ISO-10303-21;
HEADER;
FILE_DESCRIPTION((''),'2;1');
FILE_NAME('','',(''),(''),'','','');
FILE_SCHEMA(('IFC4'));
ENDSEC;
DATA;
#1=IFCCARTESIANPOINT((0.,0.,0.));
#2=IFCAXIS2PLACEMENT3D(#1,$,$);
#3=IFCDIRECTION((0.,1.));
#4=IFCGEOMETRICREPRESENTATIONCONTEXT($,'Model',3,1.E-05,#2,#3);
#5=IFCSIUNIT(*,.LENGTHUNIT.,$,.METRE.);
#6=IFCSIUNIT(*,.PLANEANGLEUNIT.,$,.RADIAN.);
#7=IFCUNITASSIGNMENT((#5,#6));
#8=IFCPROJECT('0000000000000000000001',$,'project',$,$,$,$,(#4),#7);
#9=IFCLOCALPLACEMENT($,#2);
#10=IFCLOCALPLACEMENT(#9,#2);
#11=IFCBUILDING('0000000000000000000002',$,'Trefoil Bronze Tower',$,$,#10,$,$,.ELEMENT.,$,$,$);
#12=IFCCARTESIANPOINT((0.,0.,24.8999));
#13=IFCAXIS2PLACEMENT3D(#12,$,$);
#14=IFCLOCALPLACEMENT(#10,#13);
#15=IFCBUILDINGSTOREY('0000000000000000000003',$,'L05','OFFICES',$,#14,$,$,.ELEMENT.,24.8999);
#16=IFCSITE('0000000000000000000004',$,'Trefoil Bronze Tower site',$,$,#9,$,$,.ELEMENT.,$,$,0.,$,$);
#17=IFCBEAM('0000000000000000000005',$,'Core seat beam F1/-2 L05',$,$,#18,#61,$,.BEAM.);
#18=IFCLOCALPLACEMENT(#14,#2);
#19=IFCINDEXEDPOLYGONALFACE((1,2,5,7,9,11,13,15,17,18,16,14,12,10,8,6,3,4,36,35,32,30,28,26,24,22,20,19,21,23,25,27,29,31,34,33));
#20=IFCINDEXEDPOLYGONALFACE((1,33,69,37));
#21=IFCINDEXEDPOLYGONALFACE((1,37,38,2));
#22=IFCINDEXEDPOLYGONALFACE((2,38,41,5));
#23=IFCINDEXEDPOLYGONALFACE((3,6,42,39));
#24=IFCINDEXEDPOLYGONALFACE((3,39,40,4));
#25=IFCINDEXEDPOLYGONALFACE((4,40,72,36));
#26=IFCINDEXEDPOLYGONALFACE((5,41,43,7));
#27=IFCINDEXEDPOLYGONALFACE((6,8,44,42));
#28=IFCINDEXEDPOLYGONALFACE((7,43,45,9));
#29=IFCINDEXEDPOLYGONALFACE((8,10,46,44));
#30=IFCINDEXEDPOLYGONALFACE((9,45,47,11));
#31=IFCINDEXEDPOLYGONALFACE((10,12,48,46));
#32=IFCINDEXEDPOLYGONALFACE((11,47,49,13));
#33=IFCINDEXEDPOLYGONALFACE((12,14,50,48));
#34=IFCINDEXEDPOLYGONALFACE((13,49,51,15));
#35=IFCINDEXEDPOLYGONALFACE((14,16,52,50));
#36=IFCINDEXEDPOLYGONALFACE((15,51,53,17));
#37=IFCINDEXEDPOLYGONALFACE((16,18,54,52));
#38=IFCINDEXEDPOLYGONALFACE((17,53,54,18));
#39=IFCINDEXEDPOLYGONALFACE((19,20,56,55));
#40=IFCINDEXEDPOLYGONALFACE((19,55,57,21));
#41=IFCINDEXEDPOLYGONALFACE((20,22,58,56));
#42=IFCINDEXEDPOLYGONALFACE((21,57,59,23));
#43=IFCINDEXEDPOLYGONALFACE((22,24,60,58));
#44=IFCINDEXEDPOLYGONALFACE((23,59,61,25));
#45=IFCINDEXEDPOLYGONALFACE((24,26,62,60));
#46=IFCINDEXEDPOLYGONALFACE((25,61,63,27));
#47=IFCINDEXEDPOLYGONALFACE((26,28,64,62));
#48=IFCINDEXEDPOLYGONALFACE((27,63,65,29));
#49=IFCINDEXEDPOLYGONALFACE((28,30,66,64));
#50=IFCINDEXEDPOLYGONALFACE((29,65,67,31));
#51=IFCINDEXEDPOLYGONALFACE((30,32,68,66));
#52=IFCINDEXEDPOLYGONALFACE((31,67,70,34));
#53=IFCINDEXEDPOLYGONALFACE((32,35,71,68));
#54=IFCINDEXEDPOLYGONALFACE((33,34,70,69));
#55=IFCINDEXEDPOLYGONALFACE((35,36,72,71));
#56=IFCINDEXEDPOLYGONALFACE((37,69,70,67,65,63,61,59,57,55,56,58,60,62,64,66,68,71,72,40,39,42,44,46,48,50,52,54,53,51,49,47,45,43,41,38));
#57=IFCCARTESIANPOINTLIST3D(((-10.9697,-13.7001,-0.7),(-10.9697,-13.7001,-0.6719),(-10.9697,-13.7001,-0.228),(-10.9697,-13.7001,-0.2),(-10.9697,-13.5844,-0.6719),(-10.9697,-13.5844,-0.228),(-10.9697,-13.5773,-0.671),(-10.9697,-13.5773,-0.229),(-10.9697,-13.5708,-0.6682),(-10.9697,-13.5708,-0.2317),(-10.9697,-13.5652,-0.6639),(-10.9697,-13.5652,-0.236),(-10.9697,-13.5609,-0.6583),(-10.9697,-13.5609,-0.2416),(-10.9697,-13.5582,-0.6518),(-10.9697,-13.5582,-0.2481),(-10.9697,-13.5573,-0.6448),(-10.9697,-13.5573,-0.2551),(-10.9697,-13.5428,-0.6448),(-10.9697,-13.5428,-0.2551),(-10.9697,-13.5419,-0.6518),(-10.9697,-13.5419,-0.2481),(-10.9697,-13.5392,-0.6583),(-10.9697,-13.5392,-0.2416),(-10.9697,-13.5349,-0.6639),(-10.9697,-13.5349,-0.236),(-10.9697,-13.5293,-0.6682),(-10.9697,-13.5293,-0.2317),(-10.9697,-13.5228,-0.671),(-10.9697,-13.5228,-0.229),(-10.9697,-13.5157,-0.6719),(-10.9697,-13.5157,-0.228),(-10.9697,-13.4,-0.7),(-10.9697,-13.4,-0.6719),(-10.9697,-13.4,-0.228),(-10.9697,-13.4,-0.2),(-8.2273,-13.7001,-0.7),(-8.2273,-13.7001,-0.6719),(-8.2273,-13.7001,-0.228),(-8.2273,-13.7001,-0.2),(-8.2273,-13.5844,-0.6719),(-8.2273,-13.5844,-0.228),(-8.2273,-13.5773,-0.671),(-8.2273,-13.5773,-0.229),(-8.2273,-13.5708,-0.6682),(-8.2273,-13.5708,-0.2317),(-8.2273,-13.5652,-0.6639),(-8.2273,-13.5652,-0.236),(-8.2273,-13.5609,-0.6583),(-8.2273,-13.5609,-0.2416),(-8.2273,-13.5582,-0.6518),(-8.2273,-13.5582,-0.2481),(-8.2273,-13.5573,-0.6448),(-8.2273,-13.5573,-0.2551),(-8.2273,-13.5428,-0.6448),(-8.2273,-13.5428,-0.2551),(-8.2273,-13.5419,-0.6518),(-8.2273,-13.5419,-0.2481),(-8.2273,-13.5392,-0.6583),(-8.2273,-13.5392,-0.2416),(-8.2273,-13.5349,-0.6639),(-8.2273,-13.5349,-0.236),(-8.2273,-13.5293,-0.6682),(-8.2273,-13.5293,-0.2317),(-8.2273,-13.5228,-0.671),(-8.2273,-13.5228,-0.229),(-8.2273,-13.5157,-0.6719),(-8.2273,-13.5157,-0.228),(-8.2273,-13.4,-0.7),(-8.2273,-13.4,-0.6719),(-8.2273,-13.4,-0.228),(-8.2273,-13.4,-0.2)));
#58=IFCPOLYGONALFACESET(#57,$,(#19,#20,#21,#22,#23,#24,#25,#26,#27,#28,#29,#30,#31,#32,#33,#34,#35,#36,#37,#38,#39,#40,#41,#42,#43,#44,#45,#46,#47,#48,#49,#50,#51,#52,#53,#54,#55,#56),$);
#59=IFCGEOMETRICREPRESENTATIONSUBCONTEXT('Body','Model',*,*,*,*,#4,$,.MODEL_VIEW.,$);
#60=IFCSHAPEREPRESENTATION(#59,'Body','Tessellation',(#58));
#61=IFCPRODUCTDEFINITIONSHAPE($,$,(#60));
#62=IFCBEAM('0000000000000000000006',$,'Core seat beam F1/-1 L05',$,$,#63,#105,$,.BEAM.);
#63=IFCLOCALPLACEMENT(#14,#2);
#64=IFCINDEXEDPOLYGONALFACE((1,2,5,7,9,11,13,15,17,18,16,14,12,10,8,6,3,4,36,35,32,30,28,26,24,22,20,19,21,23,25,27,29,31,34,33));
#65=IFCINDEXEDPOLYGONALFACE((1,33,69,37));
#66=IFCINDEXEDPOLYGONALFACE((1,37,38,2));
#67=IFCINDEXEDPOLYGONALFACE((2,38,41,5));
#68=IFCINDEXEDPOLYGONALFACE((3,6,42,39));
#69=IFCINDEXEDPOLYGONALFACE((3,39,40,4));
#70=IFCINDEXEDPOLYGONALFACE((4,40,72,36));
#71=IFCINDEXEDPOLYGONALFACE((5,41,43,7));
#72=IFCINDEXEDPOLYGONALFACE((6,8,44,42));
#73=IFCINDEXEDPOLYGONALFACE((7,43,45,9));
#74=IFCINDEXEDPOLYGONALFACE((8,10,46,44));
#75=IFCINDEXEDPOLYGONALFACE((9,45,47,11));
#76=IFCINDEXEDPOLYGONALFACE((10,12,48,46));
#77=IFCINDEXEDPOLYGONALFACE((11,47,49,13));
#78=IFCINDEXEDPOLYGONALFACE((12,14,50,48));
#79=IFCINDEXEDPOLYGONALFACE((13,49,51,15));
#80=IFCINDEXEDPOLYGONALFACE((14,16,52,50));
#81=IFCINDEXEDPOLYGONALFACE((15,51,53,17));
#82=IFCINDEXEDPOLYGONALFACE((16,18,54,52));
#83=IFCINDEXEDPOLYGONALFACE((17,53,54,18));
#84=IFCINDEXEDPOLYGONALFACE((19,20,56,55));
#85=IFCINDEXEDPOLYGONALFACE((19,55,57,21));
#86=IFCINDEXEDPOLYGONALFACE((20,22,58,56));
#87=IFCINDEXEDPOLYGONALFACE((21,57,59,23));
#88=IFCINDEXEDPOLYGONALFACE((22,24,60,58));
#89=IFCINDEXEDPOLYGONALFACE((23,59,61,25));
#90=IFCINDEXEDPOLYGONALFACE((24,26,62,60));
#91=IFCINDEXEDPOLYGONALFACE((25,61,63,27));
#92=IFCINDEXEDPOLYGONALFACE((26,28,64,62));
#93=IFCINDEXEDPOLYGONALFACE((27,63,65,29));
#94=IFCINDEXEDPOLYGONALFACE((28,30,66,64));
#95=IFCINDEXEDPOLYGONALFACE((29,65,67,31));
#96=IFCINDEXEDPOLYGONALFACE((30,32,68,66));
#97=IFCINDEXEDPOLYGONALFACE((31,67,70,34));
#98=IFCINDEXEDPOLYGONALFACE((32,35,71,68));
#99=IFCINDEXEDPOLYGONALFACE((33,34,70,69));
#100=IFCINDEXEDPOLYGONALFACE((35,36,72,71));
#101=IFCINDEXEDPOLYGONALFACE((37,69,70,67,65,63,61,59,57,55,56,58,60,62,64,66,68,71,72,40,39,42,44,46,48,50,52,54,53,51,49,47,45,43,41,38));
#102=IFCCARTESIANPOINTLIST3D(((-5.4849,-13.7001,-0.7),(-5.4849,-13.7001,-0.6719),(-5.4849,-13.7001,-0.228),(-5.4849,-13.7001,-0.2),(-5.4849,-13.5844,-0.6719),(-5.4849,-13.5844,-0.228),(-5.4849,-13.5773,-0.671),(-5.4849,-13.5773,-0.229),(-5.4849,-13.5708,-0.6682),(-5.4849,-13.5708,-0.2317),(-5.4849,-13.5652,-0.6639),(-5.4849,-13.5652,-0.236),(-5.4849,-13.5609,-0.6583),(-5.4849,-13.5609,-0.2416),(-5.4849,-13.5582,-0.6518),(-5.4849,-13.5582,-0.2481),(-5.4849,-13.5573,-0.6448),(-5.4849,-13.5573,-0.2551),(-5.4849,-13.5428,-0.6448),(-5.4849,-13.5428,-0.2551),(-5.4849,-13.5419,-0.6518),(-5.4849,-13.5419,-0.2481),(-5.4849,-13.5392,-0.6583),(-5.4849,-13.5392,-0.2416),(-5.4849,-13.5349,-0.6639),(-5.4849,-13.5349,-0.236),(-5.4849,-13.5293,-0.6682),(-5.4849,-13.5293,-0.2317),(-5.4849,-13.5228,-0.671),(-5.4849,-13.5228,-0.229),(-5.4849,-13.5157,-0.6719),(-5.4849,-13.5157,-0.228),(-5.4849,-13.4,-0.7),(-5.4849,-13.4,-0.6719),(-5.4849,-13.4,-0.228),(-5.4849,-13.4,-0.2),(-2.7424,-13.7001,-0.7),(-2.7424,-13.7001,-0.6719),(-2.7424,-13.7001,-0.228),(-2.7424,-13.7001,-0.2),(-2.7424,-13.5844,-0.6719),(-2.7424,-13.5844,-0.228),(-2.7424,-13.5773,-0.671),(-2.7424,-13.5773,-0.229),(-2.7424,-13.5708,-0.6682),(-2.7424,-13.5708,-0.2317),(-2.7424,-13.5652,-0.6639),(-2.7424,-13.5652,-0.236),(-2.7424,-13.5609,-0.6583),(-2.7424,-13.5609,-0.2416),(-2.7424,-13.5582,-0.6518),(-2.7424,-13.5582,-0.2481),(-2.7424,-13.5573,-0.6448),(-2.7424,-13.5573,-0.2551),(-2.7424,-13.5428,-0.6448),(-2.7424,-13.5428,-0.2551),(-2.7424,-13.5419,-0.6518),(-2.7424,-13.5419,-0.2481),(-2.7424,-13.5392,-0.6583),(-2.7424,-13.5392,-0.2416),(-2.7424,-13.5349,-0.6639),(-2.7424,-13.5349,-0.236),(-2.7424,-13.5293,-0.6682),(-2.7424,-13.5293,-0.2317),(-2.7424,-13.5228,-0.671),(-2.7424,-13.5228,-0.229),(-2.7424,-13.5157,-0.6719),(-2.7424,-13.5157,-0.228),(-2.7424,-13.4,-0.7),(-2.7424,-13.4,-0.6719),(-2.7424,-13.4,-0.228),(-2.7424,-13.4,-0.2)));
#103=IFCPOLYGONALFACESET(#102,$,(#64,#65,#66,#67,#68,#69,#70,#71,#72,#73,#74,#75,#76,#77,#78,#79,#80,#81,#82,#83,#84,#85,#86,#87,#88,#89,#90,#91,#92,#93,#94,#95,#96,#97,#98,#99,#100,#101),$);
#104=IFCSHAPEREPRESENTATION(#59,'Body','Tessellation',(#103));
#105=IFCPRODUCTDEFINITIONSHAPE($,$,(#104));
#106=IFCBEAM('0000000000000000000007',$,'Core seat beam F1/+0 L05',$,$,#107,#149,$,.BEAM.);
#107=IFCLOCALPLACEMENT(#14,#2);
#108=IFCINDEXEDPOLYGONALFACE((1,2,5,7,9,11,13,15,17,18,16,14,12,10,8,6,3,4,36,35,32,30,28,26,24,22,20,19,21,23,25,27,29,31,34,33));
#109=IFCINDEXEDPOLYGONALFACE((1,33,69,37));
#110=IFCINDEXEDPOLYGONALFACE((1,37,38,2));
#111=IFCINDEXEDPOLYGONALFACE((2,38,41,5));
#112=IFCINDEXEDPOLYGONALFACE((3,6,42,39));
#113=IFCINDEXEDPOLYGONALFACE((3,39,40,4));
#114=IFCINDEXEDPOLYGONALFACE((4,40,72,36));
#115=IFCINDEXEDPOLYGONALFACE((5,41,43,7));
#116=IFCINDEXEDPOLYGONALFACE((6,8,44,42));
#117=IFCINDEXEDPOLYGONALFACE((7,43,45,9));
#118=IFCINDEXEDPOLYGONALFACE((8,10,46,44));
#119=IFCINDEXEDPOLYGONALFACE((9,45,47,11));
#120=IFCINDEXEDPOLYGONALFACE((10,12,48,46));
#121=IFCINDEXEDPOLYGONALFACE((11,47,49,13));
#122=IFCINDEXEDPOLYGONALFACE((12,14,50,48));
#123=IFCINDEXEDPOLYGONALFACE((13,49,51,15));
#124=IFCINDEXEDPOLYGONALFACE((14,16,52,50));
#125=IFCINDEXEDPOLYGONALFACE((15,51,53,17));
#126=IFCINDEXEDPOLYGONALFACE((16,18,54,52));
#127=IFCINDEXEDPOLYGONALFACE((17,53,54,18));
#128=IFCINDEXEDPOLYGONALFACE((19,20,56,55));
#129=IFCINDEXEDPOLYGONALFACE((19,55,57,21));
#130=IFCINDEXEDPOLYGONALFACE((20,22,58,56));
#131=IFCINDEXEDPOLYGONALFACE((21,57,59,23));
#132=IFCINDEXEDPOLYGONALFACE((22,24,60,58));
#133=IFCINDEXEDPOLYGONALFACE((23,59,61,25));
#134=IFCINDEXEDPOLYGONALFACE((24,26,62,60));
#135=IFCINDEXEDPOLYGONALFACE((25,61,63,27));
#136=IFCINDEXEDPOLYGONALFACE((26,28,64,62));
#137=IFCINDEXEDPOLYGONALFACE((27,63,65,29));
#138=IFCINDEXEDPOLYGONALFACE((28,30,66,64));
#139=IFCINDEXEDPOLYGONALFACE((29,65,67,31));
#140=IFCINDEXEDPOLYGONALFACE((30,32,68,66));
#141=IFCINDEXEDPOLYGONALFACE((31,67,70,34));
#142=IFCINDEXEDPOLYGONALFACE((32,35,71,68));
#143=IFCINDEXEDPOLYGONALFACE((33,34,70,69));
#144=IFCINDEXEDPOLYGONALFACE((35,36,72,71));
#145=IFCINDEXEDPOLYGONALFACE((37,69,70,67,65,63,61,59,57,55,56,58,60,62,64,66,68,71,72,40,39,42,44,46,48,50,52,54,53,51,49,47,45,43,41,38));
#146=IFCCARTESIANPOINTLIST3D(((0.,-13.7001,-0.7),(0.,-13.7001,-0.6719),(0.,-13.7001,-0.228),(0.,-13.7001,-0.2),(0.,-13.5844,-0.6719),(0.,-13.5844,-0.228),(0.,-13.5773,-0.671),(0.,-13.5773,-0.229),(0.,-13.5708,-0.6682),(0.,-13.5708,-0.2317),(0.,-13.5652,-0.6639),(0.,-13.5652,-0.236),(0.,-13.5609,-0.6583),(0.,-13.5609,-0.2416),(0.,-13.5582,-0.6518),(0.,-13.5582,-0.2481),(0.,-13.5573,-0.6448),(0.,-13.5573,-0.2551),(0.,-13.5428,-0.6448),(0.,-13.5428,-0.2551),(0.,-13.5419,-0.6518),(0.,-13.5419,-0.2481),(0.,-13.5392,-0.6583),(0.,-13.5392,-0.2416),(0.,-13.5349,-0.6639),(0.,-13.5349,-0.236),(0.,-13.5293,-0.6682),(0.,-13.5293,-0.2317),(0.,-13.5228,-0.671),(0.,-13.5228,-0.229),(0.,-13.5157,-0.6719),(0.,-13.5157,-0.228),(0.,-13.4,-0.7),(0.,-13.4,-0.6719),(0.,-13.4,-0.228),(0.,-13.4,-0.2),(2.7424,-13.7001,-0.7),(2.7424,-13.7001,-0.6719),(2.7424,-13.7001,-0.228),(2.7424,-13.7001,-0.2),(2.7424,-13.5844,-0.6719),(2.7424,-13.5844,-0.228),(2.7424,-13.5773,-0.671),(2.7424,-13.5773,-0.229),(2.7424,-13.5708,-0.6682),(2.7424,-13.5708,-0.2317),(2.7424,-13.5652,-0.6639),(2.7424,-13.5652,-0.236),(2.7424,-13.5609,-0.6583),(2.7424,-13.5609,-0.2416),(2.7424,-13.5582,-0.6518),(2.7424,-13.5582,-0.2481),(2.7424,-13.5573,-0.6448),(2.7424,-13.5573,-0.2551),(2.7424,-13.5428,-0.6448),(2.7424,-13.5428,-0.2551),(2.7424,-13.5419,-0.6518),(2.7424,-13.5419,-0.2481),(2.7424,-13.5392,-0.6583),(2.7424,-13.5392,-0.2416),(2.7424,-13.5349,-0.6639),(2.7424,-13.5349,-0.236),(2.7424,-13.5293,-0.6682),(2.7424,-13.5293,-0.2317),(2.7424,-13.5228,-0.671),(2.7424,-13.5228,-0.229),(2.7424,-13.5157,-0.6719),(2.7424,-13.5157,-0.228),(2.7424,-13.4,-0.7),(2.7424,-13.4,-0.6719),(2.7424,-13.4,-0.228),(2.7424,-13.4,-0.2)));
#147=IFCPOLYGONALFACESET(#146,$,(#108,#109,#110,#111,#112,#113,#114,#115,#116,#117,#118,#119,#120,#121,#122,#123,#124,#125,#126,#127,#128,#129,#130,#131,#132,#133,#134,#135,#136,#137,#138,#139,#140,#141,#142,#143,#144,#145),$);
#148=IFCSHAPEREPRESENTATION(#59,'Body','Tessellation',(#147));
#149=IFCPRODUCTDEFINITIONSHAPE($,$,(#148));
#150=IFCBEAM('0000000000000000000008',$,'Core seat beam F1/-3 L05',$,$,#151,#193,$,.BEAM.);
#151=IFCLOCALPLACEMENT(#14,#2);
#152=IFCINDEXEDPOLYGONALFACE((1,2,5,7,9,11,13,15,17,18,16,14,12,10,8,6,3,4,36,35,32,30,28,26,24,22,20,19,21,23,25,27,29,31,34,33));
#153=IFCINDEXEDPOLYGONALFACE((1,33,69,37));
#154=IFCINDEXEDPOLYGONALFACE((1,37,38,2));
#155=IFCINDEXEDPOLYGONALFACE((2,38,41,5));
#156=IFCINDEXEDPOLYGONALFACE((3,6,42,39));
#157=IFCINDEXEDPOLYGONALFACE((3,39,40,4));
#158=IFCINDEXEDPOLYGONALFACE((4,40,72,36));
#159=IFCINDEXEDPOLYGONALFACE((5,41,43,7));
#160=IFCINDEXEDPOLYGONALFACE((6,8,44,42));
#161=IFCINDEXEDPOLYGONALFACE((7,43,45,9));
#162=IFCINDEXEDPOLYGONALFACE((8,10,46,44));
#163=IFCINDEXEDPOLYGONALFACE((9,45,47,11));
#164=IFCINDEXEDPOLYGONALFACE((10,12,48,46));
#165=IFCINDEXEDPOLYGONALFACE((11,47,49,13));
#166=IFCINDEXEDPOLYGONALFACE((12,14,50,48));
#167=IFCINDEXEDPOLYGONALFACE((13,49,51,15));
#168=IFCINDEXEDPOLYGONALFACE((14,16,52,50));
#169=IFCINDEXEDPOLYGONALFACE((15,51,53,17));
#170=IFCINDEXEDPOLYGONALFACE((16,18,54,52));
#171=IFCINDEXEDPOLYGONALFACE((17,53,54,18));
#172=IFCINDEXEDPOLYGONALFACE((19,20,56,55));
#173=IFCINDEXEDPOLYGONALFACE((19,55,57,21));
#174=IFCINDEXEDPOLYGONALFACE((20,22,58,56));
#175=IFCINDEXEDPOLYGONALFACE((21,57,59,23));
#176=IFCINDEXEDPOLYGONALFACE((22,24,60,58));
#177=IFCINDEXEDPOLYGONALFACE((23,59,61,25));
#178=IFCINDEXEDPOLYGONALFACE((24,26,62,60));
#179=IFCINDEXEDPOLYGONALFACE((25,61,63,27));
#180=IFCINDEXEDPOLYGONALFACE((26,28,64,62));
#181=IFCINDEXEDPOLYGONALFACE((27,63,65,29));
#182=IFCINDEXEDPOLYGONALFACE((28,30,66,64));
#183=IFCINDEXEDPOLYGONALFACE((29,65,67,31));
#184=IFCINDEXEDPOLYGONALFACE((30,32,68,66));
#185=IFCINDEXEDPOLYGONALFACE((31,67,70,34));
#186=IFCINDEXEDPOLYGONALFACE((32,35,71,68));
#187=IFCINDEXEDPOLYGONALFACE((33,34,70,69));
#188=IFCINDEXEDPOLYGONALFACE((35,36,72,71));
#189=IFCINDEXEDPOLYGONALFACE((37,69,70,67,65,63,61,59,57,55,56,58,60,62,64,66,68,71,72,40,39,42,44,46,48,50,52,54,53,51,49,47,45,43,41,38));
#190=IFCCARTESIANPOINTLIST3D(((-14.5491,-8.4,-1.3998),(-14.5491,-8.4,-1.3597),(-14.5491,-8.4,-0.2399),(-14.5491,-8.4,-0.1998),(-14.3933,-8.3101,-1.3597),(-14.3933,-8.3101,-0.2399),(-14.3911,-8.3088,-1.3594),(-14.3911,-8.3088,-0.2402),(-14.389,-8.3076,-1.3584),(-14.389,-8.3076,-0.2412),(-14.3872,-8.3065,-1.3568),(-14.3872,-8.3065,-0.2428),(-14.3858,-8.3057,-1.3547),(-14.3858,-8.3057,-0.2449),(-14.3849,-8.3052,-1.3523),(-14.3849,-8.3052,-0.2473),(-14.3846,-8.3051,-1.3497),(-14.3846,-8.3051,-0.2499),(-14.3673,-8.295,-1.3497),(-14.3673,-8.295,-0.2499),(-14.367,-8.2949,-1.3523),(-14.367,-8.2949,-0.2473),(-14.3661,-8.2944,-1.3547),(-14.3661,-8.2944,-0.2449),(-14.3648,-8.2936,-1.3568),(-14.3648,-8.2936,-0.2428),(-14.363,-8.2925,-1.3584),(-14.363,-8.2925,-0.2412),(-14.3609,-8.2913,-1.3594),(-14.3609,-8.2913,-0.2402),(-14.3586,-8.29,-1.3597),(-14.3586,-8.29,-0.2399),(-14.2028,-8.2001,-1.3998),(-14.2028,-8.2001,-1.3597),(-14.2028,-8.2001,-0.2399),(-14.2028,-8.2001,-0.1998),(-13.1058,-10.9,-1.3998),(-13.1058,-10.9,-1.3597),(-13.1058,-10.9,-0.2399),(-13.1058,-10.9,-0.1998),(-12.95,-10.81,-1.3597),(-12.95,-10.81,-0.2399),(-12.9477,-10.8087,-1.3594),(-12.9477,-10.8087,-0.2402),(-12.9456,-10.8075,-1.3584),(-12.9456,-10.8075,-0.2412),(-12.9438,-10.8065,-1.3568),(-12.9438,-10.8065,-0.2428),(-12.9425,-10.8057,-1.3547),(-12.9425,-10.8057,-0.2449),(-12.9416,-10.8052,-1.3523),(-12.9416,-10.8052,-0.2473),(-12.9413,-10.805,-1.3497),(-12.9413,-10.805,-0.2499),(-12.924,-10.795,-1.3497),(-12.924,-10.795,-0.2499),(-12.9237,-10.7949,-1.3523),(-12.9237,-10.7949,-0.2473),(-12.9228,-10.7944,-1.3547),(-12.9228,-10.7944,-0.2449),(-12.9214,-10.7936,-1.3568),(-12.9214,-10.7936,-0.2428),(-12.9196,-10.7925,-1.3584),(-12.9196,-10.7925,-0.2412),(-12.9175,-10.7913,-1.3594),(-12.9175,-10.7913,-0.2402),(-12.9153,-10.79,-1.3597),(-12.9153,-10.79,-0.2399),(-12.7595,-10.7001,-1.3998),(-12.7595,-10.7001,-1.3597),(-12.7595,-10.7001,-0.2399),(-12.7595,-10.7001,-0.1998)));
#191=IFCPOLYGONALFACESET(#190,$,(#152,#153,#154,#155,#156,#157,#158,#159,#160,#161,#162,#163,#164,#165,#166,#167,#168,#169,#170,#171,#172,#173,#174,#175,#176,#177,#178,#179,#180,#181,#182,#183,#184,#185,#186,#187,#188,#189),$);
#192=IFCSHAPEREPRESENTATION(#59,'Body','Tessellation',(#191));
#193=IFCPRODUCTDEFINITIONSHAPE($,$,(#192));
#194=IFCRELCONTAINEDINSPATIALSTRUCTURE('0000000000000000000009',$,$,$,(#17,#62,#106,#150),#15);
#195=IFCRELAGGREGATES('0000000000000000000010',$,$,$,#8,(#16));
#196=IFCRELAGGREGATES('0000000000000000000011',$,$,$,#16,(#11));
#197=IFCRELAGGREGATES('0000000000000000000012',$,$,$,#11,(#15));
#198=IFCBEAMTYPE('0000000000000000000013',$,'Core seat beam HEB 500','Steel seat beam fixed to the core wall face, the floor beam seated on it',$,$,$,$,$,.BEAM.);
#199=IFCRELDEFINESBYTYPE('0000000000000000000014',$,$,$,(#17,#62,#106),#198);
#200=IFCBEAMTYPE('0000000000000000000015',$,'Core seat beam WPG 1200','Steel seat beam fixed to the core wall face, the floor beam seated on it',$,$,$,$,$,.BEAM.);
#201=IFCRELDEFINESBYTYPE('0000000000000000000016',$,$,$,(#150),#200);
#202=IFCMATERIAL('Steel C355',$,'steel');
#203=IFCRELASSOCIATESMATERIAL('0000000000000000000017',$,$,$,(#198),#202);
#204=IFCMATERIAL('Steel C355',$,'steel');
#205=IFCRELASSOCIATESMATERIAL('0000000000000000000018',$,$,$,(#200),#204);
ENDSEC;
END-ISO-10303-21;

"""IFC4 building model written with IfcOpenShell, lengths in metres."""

from ifc_helpers import new_model, si_unit, direction, frame, origin, origin_2d, place, context, subcontext, project, spatial, i_section, extrude, material, material_profile, profile_set, type_object, element, save


model = new_model("IFC4")

# Units and contexts
model_context = context("Model", 3, precision=1e-05, world=origin(), true_north=direction((0.0, 1.0)))
body_context = subcontext(model_context, "Body", "Model", "MODEL_VIEW")
ifc_project = project(units=[si_unit("LENGTHUNIT", "METRE"), si_unit("PLANEANGLEUNIT", "RADIAN")], contexts=[model_context])

# Site, building, storey
site_placement = place(None, origin())
site = spatial("IfcSite", under=ifc_project, at=site_placement, Name="Trefoil Bronze Tower site", CompositionType="ELEMENT", RefElevation=0.0)
building_placement = place(site_placement, origin())
building = spatial("IfcBuilding", under=site, at=building_placement, Name="Trefoil Bronze Tower", CompositionType="ELEMENT")
storey_placement = place(building_placement, frame((0.0, 0.0, 24.8999)))
storey = spatial("IfcBuildingStorey", under=building, at=storey_placement, Name="L05", Description="OFFICES", CompositionType="ELEMENT", Elevation=24.8999)

# Beams
ifc_material_1 = material(Name="Steel C355", Category="steel")
ifc_material_profile_1 = material_profile(ifc_material_1, i_section(OverallWidth=0.3, OverallDepth=0.5, WebThickness=0.0144, FlangeThickness=0.0281, FilletRadius=0.0271, at=origin_2d()), Name="HEB 500")
ifc_profile_set_1 = profile_set([ifc_material_profile_1], Name="Steel C355")
beam_type_1 = type_object("IfcBeamType", Name="Core seat beam HEB 500", Description="Steel seat beam fixed to the core wall face, the floor beam seated on it", PredefinedType="BEAM", material=ifc_profile_set_1)
for number, where, z_axis, x_axis, name in (
    (1, (-10.9697, -13.55, -0.45), (1.0, 0.0, 0.0), (0.0, 1.0, 0.0), "Core seat beam F1/-2 L05"),
    (2, (-5.4849, -13.55, -0.45), (1.0, 0.0, 0.0), (0.0, 1.0, 0.0), "Core seat beam F1/-1 L05"),
    (3, (0.0, -13.55, -0.45), (1.0, 0.0, 0.0), (0.0, 1.0, 0.0), "Core seat beam F1/+0 L05"),
):
    element("IfcBeam", number, at=place(storey_placement, frame(where, z_axis=z_axis, x_axis=x_axis)), inside=storey, type_object=beam_type_1, Name=name, PredefinedType="BEAM", context=body_context, shape_type="SweptSolid", body=[
        extrude(i_section(OverallWidth=0.3, OverallDepth=0.5, WebThickness=0.0144, FlangeThickness=0.0281, FilletRadius=0.0271, at=origin_2d()), origin(), (0.0, 0.0, 1.0), 2.7424),
    ])
ifc_material_2 = material(Name="Steel C355", Category="steel")
ifc_material_profile_2 = material_profile(ifc_material_2, i_section(OverallWidth=0.3999, OverallDepth=1.2, WebThickness=0.02, FlangeThickness=0.04, FilletRadius=0.01, at=origin_2d()), Name="WPG 1200")
ifc_profile_set_2 = profile_set([ifc_material_profile_2], Name="Steel C355")
beam_type_2 = type_object("IfcBeamType", Name="Core seat beam WPG 1200", Description="Steel seat beam fixed to the core wall face, the floor beam seated on it", PredefinedType="BEAM", material=ifc_profile_set_2)
beam_1_placement = place(storey_placement, frame((-14.376, -8.3, -0.7998), z_axis=(0.499996, -0.866028, 0.0), x_axis=(0.866028, 0.499996, 0.0)))
element("IfcBeam", 4, at=beam_1_placement, inside=storey, type_object=beam_type_2, Name="Core seat beam F1/-3 L05", PredefinedType="BEAM", context=body_context, shape_type="SweptSolid", body=[
    extrude(i_section(OverallWidth=0.3999, OverallDepth=1.2, WebThickness=0.02, FlangeThickness=0.04, FilletRadius=0.01, at=origin_2d()), origin(), (0.0, 0.0, 1.0), 2.8867),
])

save(model, "model.ifc")
